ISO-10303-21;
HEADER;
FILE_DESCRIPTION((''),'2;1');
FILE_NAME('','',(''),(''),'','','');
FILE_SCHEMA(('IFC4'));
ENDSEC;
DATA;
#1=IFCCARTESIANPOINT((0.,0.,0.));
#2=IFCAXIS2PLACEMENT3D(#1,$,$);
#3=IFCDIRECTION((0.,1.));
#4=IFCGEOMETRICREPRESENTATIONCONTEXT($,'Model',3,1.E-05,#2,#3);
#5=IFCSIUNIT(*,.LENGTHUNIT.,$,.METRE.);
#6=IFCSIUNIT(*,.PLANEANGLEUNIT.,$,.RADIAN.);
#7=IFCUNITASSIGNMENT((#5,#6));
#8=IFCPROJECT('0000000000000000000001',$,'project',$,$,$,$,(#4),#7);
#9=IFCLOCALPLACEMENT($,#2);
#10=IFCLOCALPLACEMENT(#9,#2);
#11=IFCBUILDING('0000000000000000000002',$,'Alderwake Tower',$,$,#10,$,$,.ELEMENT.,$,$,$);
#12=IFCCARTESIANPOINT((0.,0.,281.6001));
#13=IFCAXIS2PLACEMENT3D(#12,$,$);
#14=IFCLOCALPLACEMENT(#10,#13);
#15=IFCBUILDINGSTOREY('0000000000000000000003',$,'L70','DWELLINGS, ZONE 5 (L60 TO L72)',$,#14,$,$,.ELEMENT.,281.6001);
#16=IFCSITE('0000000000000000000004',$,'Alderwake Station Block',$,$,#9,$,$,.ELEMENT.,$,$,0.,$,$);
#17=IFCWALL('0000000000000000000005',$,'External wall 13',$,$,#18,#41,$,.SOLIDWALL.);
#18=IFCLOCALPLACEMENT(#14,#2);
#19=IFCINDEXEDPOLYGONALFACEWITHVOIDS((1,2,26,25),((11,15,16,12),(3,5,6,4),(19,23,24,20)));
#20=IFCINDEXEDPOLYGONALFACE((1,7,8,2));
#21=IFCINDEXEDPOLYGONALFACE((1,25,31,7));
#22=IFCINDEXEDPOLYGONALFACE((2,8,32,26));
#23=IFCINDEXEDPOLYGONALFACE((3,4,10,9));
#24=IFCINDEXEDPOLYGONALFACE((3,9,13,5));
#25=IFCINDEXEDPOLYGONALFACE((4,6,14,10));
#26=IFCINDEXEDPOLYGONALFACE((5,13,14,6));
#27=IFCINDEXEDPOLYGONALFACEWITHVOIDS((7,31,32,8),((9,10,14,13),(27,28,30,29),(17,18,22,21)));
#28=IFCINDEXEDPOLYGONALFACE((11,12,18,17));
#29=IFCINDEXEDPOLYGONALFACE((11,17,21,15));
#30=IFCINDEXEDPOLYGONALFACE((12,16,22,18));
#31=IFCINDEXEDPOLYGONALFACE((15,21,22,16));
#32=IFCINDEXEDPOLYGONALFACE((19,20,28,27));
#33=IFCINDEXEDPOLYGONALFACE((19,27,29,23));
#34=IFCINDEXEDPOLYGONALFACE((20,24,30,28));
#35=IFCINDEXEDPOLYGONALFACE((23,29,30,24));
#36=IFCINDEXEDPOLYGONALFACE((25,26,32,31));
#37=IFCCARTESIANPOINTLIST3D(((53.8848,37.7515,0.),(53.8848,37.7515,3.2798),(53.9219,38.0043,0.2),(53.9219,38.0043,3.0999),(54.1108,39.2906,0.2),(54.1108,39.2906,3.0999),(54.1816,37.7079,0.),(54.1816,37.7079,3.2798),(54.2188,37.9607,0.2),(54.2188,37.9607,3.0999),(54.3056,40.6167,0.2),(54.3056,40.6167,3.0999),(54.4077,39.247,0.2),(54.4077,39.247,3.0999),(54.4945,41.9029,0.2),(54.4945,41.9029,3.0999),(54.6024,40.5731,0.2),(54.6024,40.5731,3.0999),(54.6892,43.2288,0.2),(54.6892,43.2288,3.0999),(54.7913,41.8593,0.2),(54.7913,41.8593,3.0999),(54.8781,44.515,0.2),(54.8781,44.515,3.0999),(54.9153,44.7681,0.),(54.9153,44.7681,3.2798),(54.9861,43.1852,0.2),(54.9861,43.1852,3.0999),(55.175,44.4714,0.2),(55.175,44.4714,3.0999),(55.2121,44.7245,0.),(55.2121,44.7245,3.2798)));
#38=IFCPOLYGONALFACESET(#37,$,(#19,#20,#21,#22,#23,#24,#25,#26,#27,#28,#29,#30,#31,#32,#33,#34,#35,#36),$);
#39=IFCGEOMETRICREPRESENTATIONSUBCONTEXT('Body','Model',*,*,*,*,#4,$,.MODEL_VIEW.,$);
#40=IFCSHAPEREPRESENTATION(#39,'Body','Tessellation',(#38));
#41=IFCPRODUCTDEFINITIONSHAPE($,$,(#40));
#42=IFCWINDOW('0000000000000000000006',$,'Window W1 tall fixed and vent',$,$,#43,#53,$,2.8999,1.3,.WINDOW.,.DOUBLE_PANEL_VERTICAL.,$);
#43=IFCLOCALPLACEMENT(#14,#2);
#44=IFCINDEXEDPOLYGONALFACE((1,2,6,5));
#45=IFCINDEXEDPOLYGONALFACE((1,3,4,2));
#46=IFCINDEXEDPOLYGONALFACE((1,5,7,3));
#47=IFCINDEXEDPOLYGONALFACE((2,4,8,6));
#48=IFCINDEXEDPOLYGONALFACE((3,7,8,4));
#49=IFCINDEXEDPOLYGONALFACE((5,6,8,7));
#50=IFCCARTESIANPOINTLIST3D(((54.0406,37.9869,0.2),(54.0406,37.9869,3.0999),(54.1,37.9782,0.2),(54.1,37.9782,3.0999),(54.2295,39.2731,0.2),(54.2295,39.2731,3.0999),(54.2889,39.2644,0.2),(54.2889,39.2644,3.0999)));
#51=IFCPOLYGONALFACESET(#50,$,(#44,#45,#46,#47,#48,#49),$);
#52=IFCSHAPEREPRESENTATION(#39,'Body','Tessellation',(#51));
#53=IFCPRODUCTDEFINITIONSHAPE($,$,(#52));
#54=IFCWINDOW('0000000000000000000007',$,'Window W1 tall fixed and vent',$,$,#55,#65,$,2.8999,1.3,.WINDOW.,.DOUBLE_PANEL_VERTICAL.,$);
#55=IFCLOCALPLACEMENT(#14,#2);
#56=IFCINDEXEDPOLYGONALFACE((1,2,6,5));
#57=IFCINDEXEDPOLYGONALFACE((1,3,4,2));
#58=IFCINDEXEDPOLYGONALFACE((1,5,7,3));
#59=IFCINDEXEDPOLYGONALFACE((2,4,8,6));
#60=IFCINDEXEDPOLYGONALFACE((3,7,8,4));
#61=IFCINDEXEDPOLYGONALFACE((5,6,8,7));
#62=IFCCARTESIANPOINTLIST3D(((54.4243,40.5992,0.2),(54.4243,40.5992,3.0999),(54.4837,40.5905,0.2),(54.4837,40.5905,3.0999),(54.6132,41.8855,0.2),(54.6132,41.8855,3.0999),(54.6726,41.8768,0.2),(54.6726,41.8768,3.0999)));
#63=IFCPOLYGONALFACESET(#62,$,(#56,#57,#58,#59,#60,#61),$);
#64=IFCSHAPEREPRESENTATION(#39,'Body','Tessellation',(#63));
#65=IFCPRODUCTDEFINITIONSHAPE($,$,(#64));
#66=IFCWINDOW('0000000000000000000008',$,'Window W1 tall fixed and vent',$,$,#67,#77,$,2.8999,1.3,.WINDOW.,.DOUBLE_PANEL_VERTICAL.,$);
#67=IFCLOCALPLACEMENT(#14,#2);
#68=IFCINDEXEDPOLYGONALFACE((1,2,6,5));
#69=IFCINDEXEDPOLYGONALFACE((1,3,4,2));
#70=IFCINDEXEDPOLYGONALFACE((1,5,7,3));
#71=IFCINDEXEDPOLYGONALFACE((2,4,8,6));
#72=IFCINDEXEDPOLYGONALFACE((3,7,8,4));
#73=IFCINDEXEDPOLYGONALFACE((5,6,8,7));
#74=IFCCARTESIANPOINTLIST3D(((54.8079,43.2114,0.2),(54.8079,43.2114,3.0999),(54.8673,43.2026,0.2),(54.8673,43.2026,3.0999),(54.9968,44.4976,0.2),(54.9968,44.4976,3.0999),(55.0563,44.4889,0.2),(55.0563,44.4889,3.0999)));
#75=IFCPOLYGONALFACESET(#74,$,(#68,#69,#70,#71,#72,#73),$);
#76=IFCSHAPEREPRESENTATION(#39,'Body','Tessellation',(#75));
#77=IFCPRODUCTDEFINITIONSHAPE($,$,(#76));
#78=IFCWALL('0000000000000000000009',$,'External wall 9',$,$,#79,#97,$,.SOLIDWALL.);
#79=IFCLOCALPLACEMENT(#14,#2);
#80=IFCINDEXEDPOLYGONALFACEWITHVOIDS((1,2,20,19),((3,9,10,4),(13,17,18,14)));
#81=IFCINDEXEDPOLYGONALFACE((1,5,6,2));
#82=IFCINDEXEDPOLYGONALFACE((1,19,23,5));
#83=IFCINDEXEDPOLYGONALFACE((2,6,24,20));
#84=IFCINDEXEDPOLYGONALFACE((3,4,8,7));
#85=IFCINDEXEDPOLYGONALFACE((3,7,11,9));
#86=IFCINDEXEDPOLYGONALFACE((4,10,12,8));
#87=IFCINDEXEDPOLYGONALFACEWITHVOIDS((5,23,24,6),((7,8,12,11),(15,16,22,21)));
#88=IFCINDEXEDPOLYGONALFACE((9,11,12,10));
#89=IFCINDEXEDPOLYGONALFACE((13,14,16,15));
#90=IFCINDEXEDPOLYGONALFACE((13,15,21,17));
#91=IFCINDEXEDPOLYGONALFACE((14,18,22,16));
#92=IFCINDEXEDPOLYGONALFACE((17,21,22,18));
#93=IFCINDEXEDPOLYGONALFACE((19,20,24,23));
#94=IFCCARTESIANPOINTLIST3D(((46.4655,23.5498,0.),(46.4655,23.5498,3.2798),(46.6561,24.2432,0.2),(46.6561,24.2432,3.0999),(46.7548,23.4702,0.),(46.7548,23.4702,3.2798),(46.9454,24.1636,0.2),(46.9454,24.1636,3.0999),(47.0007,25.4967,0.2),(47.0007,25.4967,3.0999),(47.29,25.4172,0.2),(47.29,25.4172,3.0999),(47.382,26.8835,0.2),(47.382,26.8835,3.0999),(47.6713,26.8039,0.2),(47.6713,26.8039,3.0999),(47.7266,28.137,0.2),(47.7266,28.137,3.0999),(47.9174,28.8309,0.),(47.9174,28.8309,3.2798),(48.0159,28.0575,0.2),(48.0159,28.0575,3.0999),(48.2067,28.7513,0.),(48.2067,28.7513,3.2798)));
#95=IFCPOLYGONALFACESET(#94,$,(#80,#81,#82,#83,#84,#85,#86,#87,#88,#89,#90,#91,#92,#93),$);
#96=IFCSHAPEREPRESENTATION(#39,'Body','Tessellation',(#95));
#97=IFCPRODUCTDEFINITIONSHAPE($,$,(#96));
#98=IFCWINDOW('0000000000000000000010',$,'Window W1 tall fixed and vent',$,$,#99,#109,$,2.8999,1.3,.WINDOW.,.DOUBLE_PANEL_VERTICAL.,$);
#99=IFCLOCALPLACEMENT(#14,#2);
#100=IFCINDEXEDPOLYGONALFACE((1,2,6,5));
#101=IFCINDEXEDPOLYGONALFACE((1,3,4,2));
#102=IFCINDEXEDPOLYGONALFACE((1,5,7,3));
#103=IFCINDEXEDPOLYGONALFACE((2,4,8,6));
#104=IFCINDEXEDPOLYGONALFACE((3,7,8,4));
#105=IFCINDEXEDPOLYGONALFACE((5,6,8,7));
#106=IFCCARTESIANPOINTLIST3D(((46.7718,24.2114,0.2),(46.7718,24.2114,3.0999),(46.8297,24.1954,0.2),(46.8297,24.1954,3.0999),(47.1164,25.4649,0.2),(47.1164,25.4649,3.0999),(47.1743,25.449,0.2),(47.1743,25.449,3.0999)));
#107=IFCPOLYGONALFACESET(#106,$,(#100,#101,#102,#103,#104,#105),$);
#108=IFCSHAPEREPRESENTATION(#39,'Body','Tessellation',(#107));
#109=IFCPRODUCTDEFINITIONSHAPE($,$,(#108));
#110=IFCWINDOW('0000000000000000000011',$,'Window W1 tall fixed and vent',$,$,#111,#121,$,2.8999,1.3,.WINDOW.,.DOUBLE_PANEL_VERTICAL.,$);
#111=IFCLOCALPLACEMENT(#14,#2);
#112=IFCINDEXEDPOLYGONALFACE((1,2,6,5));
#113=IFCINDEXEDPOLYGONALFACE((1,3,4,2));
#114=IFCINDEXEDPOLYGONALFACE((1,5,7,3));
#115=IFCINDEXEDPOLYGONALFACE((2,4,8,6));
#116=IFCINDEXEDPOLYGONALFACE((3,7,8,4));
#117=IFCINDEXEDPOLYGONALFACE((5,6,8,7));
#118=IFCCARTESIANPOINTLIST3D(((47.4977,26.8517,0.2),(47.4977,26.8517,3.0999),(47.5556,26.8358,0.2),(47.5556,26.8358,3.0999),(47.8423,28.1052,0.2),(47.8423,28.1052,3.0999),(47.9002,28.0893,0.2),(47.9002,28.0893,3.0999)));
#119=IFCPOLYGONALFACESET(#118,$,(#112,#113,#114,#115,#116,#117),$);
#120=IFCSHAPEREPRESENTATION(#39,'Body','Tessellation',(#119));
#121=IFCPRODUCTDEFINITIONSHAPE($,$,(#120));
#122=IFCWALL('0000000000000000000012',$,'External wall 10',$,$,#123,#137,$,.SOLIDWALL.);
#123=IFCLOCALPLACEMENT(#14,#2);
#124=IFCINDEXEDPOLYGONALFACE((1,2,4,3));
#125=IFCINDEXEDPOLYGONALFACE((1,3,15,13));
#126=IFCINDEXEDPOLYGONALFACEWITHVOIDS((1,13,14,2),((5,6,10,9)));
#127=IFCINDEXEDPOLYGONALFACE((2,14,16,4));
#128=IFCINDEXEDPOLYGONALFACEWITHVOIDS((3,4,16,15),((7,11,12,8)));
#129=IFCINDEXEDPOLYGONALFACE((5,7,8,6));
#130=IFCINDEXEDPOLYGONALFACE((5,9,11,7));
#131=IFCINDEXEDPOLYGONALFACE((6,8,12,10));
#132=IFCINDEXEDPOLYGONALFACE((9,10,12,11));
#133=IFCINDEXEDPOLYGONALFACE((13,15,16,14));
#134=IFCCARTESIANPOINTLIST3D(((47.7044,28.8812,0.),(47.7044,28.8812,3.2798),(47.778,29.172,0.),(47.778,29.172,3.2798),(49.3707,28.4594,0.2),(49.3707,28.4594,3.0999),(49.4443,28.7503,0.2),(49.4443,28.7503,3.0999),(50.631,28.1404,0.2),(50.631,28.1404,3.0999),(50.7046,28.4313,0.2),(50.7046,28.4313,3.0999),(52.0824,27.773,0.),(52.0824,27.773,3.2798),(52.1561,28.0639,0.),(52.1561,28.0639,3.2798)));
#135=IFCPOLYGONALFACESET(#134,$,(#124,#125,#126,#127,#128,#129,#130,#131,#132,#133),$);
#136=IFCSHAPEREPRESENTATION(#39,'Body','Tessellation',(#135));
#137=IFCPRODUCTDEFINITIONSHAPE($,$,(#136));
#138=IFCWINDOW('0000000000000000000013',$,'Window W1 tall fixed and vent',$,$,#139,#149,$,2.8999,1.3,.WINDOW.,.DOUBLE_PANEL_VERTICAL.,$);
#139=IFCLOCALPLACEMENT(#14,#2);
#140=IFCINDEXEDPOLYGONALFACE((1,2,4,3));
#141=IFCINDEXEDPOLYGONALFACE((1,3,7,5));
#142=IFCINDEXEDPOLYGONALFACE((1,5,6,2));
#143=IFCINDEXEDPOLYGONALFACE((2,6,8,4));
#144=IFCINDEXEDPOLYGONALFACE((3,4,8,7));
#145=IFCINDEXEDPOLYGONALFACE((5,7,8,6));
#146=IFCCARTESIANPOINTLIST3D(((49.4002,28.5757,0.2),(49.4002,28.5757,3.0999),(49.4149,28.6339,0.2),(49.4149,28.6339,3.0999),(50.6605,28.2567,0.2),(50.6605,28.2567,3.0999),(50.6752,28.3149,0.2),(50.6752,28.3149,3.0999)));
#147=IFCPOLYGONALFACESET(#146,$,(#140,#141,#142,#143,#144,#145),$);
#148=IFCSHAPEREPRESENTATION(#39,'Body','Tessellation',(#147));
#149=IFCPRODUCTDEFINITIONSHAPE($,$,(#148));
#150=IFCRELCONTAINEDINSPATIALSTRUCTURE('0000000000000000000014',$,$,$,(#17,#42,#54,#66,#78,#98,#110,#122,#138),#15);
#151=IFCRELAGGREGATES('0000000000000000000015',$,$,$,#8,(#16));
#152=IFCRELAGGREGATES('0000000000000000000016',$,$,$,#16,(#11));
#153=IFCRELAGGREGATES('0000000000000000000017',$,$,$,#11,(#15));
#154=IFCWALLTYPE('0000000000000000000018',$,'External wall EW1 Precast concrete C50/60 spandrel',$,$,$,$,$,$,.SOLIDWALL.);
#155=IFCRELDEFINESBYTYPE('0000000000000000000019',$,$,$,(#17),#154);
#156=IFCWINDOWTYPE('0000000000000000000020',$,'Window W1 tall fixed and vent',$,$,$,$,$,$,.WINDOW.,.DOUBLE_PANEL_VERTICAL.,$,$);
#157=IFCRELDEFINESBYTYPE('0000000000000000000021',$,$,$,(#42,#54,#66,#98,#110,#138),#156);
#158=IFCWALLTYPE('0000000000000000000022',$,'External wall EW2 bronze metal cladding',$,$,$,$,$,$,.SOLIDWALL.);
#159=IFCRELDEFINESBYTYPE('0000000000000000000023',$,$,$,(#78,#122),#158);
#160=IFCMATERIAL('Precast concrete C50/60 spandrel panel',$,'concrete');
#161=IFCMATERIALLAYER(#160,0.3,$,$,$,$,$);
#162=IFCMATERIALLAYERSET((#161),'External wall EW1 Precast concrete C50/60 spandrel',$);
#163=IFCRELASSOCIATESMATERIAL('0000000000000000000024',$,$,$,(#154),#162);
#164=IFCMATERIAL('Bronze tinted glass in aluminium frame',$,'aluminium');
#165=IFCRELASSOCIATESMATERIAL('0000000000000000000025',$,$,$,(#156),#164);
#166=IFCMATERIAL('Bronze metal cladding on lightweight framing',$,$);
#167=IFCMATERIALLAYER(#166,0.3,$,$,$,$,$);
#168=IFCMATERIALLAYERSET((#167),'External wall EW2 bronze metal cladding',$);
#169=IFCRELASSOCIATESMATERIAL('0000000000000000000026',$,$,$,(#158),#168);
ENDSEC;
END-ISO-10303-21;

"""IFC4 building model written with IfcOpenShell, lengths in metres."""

from ifc_helpers import new_model, si_unit, direction, frame, frame_2d, origin, place, context, subcontext, project, spatial, rectangle, extrude, material, layer, layer_set, type_object, element, fill, save


model = new_model("IFC4")

# Units and contexts
model_context = context("Model", 3, precision=1e-05, world=origin(), true_north=direction((0.0, 1.0)))
body_context = subcontext(model_context, "Body", "Model", "MODEL_VIEW")
ifc_project = project(units=[si_unit("LENGTHUNIT", "METRE"), si_unit("PLANEANGLEUNIT", "RADIAN")], contexts=[model_context])

# Site, building, storey
site_placement = place(None, origin())
site = spatial("IfcSite", under=ifc_project, at=site_placement, Name="Alderwake Station Block", CompositionType="ELEMENT", RefElevation=0.0)
building_placement = place(site_placement, origin())
building = spatial("IfcBuilding", under=site, at=building_placement, Name="Alderwake Tower", CompositionType="ELEMENT")
storey_placement = place(building_placement, frame((0.0, 0.0, 281.6001)))
storey = spatial("IfcBuildingStorey", under=building, at=storey_placement, Name="L70", Description="DWELLINGS, ZONE 5 (L60 TO L72)", CompositionType="ELEMENT", Elevation=281.6001)

# Shared definitions
ifc_material_1 = material(Name="Precast concrete C50/60 spandrel panel", Category="concrete")
ifc_layer_1 = layer(ifc_material_1, 0.3)
ifc_layer_set_1 = layer_set([ifc_layer_1], Name="External wall EW1 Precast concrete C50/60 spandrel")
wall_type_1 = type_object("IfcWallType", Name="External wall EW1 Precast concrete C50/60 spandrel", PredefinedType="SOLIDWALL", material=ifc_layer_set_1)

# Shared definitions
ifc_material_2 = material(Name="Bronze tinted glass in aluminium frame", Category="aluminium")
window_type = type_object("IfcWindowType", Name="Window W1 tall fixed and vent", PartitioningType="DOUBLE_PANEL_VERTICAL", PredefinedType="WINDOW", material=ifc_material_2)

# Walls, openings, windows
wall_1_placement = place(storey_placement, frame((54.0332, 37.7297, 0.0), z_axis=(0.0, 0.0, 1.0), x_axis=(0.14531, 0.989386, 0.0)))
wall_1 = element("IfcWall", 1, at=wall_1_placement, inside=storey, type_object=wall_type_1, Name="External wall 13", PredefinedType="SOLIDWALL", context=body_context, shape_type="SweptSolid", body=[
    extrude(rectangle(XDim=7.0918, YDim=0.3, at=frame_2d((3.5459, 0.0))), origin(), (0.0, 0.0, 1.0), 3.2798),
])
opening_1_placement = place(wall_1_placement, frame((0.2556, 0.0, 0.2)))
opening_1 = element("IfcOpeningElement", 2, at=opening_1_placement, cuts=wall_1, PredefinedType="OPENING", context=body_context, shape_type="SweptSolid", body=[
    extrude(rectangle(XDim=1.3, YDim=2.8999, at=frame_2d((0.6499, 1.45))), frame((0.0, 0.1599, 0.0), z_axis=(0.0, -1.0, 0.0), x_axis=(1.0, 0.0, 0.0)), (0.0, 0.0, 1.0), 0.3201),
])
opening_2_placement = place(wall_1_placement, frame((2.896, 0.0, 0.2)))
opening_2 = element("IfcOpeningElement", 3, at=opening_2_placement, cuts=wall_1, PredefinedType="OPENING", context=body_context, shape_type="SweptSolid", body=[
    extrude(rectangle(XDim=1.3, YDim=2.8999, at=frame_2d((0.6499, 1.45))), frame((0.0, 0.1599, 0.0), z_axis=(0.0, -1.0, 0.0), x_axis=(1.0, 0.0, 0.0)), (0.0, 0.0, 1.0), 0.3201),
])
opening_3_placement = place(wall_1_placement, frame((5.5361, 0.0, 0.2)))
opening_3 = element("IfcOpeningElement", 4, at=opening_3_placement, cuts=wall_1, PredefinedType="OPENING", context=body_context, shape_type="SweptSolid", body=[
    extrude(rectangle(XDim=1.3, YDim=2.8999, at=frame_2d((0.6499, 1.45))), frame((0.0, 0.1599, 0.0), z_axis=(0.0, -1.0, 0.0), x_axis=(1.0, 0.0, 0.0)), (0.0, 0.0, 1.0), 0.3201),
])
window_1_placement = place(opening_1_placement, origin())
window_1 = element("IfcWindow", 5, at=window_1_placement, inside=storey, type_object=window_type, Name="Window W1 tall fixed and vent", OverallHeight=2.8999, OverallWidth=1.3, PartitioningType="DOUBLE_PANEL_VERTICAL", PredefinedType="WINDOW", context=body_context, shape_type="SweptSolid", body=[
    extrude(rectangle(XDim=1.3, YDim=2.8999, at=frame_2d((0.6499, 1.45))), frame((0.0, 0.03, 0.0), z_axis=(0.0, -1.0, 0.0), x_axis=(1.0, 0.0, 0.0)), (0.0, 0.0, 1.0), 0.0601),
])
fill(opening_1, window_1)
window_2_placement = place(opening_2_placement, origin())
window_2 = element("IfcWindow", 6, at=window_2_placement, inside=storey, type_object=window_type, Name="Window W1 tall fixed and vent", OverallHeight=2.8999, OverallWidth=1.3, PartitioningType="DOUBLE_PANEL_VERTICAL", PredefinedType="WINDOW", context=body_context, shape_type="SweptSolid", body=[
    extrude(rectangle(XDim=1.3, YDim=2.8999, at=frame_2d((0.6499, 1.45))), frame((0.0, 0.03, 0.0), z_axis=(0.0, -1.0, 0.0), x_axis=(1.0, 0.0, 0.0)), (0.0, 0.0, 1.0), 0.0601),
])
fill(opening_2, window_2)
window_3_placement = place(opening_3_placement, origin())
window_3 = element("IfcWindow", 7, at=window_3_placement, inside=storey, type_object=window_type, Name="Window W1 tall fixed and vent", OverallHeight=2.8999, OverallWidth=1.3, PartitioningType="DOUBLE_PANEL_VERTICAL", PredefinedType="WINDOW", context=body_context, shape_type="SweptSolid", body=[
    extrude(rectangle(XDim=1.3, YDim=2.8999, at=frame_2d((0.6499, 1.45))), frame((0.0, 0.03, 0.0), z_axis=(0.0, -1.0, 0.0), x_axis=(1.0, 0.0, 0.0)), (0.0, 0.0, 1.0), 0.0601),
])
fill(opening_3, window_3)
ifc_material_3 = material(Name="Bronze metal cladding on lightweight framing")
ifc_layer_2 = layer(ifc_material_3, 0.3)
ifc_layer_set_2 = layer_set([ifc_layer_2], Name="External wall EW2 bronze metal cladding")
wall_type_2 = type_object("IfcWallType", Name="External wall EW2 bronze metal cladding", PredefinedType="SOLIDWALL", material=ifc_layer_set_2)
wall_2_placement = place(storey_placement, frame((46.6101, 23.51, 0.0), z_axis=(0.0, 0.0, 1.0), x_axis=(0.265093, 0.964223, 0.0)))
wall_2 = element("IfcWall", 8, at=wall_2_placement, inside=storey, type_object=wall_type_2, Name="External wall 9", PredefinedType="SOLIDWALL", context=body_context, shape_type="SweptSolid", body=[
    extrude(rectangle(XDim=5.4771, YDim=0.3, at=frame_2d((2.7385, 0.0))), origin(), (0.0, 0.0, 1.0), 3.2798),
])
opening_4_placement = place(wall_2_placement, frame((0.7192, 0.0, 0.2)))
opening_4 = element("IfcOpeningElement", 9, at=opening_4_placement, cuts=wall_2, PredefinedType="OPENING", context=body_context, shape_type="SweptSolid", body=[
    extrude(rectangle(XDim=1.3, YDim=2.8999, at=frame_2d((0.6499, 1.45))), frame((0.0, 0.1599, 0.0), z_axis=(0.0, -1.0, 0.0), x_axis=(1.0, 0.0, 0.0)), (0.0, 0.0, 1.0), 0.3201),
])
opening_5_placement = place(wall_2_placement, frame((3.4575, 0.0, 0.2)))
opening_5 = element("IfcOpeningElement", 10, at=opening_5_placement, cuts=wall_2, PredefinedType="OPENING", context=body_context, shape_type="SweptSolid", body=[
    extrude(rectangle(XDim=1.3, YDim=2.8999, at=frame_2d((0.6499, 1.45))), frame((0.0, 0.1599, 0.0), z_axis=(0.0, -1.0, 0.0), x_axis=(1.0, 0.0, 0.0)), (0.0, 0.0, 1.0), 0.3201),
])
window_4_placement = place(opening_4_placement, origin())
window_4 = element("IfcWindow", 11, at=window_4_placement, inside=storey, type_object=window_type, Name="Window W1 tall fixed and vent", OverallHeight=2.8999, OverallWidth=1.3, PartitioningType="DOUBLE_PANEL_VERTICAL", PredefinedType="WINDOW", context=body_context, shape_type="SweptSolid", body=[
    extrude(rectangle(XDim=1.3, YDim=2.8999, at=frame_2d((0.6499, 1.45))), frame((0.0, 0.03, 0.0), z_axis=(0.0, -1.0, 0.0), x_axis=(1.0, 0.0, 0.0)), (0.0, 0.0, 1.0), 0.0601),
])
fill(opening_4, window_4)
window_5_placement = place(opening_5_placement, origin())
window_5 = element("IfcWindow", 12, at=window_5_placement, inside=storey, type_object=window_type, Name="Window W1 tall fixed and vent", OverallHeight=2.8999, OverallWidth=1.3, PartitioningType="DOUBLE_PANEL_VERTICAL", PredefinedType="WINDOW", context=body_context, shape_type="SweptSolid", body=[
    extrude(rectangle(XDim=1.3, YDim=2.8999, at=frame_2d((0.6499, 1.45))), frame((0.0, 0.03, 0.0), z_axis=(0.0, -1.0, 0.0), x_axis=(1.0, 0.0, 0.0)), (0.0, 0.0, 1.0), 0.0601),
])
fill(opening_5, window_5)

# Wall, opening, window
wall_3_placement = place(storey_placement, frame((47.7412, 29.0266, 0.0), z_axis=(0.0, 0.0, 1.0), x_axis=(0.969426, -0.245384, 0.0)))
wall_3 = element("IfcWall", 13, at=wall_3_placement, inside=storey, type_object=wall_type_2, Name="External wall 10", PredefinedType="SOLIDWALL", context=body_context, shape_type="SweptSolid", body=[
    extrude(rectangle(XDim=4.5161, YDim=0.3, at=frame_2d((2.2581, 0.0))), origin(), (0.0, 0.0, 1.0), 3.2798),
])
opening_6_placement = place(wall_3_placement, frame((1.719, 0.0, 0.2)))
opening_6 = element("IfcOpeningElement", 14, at=opening_6_placement, cuts=wall_3, PredefinedType="OPENING", context=body_context, shape_type="SweptSolid", body=[
    extrude(rectangle(XDim=1.3, YDim=2.8999, at=frame_2d((0.6499, 1.45))), frame((0.0, 0.1599, 0.0), z_axis=(0.0, -1.0, 0.0), x_axis=(1.0, 0.0, 0.0)), (0.0, 0.0, 1.0), 0.3201),
])
window_6_placement = place(opening_6_placement, origin())
window_6 = element("IfcWindow", 15, at=window_6_placement, inside=storey, type_object=window_type, Name="Window W1 tall fixed and vent", OverallHeight=2.8999, OverallWidth=1.3, PartitioningType="DOUBLE_PANEL_VERTICAL", PredefinedType="WINDOW", context=body_context, shape_type="SweptSolid", body=[
    extrude(rectangle(XDim=1.3, YDim=2.8999, at=frame_2d((0.6499, 1.45))), frame((0.0, 0.03, 0.0), z_axis=(0.0, -1.0, 0.0), x_axis=(1.0, 0.0, 0.0)), (0.0, 0.0, 1.0), 0.0601),
])
fill(opening_6, window_6)

save(model, "model.ifc")
